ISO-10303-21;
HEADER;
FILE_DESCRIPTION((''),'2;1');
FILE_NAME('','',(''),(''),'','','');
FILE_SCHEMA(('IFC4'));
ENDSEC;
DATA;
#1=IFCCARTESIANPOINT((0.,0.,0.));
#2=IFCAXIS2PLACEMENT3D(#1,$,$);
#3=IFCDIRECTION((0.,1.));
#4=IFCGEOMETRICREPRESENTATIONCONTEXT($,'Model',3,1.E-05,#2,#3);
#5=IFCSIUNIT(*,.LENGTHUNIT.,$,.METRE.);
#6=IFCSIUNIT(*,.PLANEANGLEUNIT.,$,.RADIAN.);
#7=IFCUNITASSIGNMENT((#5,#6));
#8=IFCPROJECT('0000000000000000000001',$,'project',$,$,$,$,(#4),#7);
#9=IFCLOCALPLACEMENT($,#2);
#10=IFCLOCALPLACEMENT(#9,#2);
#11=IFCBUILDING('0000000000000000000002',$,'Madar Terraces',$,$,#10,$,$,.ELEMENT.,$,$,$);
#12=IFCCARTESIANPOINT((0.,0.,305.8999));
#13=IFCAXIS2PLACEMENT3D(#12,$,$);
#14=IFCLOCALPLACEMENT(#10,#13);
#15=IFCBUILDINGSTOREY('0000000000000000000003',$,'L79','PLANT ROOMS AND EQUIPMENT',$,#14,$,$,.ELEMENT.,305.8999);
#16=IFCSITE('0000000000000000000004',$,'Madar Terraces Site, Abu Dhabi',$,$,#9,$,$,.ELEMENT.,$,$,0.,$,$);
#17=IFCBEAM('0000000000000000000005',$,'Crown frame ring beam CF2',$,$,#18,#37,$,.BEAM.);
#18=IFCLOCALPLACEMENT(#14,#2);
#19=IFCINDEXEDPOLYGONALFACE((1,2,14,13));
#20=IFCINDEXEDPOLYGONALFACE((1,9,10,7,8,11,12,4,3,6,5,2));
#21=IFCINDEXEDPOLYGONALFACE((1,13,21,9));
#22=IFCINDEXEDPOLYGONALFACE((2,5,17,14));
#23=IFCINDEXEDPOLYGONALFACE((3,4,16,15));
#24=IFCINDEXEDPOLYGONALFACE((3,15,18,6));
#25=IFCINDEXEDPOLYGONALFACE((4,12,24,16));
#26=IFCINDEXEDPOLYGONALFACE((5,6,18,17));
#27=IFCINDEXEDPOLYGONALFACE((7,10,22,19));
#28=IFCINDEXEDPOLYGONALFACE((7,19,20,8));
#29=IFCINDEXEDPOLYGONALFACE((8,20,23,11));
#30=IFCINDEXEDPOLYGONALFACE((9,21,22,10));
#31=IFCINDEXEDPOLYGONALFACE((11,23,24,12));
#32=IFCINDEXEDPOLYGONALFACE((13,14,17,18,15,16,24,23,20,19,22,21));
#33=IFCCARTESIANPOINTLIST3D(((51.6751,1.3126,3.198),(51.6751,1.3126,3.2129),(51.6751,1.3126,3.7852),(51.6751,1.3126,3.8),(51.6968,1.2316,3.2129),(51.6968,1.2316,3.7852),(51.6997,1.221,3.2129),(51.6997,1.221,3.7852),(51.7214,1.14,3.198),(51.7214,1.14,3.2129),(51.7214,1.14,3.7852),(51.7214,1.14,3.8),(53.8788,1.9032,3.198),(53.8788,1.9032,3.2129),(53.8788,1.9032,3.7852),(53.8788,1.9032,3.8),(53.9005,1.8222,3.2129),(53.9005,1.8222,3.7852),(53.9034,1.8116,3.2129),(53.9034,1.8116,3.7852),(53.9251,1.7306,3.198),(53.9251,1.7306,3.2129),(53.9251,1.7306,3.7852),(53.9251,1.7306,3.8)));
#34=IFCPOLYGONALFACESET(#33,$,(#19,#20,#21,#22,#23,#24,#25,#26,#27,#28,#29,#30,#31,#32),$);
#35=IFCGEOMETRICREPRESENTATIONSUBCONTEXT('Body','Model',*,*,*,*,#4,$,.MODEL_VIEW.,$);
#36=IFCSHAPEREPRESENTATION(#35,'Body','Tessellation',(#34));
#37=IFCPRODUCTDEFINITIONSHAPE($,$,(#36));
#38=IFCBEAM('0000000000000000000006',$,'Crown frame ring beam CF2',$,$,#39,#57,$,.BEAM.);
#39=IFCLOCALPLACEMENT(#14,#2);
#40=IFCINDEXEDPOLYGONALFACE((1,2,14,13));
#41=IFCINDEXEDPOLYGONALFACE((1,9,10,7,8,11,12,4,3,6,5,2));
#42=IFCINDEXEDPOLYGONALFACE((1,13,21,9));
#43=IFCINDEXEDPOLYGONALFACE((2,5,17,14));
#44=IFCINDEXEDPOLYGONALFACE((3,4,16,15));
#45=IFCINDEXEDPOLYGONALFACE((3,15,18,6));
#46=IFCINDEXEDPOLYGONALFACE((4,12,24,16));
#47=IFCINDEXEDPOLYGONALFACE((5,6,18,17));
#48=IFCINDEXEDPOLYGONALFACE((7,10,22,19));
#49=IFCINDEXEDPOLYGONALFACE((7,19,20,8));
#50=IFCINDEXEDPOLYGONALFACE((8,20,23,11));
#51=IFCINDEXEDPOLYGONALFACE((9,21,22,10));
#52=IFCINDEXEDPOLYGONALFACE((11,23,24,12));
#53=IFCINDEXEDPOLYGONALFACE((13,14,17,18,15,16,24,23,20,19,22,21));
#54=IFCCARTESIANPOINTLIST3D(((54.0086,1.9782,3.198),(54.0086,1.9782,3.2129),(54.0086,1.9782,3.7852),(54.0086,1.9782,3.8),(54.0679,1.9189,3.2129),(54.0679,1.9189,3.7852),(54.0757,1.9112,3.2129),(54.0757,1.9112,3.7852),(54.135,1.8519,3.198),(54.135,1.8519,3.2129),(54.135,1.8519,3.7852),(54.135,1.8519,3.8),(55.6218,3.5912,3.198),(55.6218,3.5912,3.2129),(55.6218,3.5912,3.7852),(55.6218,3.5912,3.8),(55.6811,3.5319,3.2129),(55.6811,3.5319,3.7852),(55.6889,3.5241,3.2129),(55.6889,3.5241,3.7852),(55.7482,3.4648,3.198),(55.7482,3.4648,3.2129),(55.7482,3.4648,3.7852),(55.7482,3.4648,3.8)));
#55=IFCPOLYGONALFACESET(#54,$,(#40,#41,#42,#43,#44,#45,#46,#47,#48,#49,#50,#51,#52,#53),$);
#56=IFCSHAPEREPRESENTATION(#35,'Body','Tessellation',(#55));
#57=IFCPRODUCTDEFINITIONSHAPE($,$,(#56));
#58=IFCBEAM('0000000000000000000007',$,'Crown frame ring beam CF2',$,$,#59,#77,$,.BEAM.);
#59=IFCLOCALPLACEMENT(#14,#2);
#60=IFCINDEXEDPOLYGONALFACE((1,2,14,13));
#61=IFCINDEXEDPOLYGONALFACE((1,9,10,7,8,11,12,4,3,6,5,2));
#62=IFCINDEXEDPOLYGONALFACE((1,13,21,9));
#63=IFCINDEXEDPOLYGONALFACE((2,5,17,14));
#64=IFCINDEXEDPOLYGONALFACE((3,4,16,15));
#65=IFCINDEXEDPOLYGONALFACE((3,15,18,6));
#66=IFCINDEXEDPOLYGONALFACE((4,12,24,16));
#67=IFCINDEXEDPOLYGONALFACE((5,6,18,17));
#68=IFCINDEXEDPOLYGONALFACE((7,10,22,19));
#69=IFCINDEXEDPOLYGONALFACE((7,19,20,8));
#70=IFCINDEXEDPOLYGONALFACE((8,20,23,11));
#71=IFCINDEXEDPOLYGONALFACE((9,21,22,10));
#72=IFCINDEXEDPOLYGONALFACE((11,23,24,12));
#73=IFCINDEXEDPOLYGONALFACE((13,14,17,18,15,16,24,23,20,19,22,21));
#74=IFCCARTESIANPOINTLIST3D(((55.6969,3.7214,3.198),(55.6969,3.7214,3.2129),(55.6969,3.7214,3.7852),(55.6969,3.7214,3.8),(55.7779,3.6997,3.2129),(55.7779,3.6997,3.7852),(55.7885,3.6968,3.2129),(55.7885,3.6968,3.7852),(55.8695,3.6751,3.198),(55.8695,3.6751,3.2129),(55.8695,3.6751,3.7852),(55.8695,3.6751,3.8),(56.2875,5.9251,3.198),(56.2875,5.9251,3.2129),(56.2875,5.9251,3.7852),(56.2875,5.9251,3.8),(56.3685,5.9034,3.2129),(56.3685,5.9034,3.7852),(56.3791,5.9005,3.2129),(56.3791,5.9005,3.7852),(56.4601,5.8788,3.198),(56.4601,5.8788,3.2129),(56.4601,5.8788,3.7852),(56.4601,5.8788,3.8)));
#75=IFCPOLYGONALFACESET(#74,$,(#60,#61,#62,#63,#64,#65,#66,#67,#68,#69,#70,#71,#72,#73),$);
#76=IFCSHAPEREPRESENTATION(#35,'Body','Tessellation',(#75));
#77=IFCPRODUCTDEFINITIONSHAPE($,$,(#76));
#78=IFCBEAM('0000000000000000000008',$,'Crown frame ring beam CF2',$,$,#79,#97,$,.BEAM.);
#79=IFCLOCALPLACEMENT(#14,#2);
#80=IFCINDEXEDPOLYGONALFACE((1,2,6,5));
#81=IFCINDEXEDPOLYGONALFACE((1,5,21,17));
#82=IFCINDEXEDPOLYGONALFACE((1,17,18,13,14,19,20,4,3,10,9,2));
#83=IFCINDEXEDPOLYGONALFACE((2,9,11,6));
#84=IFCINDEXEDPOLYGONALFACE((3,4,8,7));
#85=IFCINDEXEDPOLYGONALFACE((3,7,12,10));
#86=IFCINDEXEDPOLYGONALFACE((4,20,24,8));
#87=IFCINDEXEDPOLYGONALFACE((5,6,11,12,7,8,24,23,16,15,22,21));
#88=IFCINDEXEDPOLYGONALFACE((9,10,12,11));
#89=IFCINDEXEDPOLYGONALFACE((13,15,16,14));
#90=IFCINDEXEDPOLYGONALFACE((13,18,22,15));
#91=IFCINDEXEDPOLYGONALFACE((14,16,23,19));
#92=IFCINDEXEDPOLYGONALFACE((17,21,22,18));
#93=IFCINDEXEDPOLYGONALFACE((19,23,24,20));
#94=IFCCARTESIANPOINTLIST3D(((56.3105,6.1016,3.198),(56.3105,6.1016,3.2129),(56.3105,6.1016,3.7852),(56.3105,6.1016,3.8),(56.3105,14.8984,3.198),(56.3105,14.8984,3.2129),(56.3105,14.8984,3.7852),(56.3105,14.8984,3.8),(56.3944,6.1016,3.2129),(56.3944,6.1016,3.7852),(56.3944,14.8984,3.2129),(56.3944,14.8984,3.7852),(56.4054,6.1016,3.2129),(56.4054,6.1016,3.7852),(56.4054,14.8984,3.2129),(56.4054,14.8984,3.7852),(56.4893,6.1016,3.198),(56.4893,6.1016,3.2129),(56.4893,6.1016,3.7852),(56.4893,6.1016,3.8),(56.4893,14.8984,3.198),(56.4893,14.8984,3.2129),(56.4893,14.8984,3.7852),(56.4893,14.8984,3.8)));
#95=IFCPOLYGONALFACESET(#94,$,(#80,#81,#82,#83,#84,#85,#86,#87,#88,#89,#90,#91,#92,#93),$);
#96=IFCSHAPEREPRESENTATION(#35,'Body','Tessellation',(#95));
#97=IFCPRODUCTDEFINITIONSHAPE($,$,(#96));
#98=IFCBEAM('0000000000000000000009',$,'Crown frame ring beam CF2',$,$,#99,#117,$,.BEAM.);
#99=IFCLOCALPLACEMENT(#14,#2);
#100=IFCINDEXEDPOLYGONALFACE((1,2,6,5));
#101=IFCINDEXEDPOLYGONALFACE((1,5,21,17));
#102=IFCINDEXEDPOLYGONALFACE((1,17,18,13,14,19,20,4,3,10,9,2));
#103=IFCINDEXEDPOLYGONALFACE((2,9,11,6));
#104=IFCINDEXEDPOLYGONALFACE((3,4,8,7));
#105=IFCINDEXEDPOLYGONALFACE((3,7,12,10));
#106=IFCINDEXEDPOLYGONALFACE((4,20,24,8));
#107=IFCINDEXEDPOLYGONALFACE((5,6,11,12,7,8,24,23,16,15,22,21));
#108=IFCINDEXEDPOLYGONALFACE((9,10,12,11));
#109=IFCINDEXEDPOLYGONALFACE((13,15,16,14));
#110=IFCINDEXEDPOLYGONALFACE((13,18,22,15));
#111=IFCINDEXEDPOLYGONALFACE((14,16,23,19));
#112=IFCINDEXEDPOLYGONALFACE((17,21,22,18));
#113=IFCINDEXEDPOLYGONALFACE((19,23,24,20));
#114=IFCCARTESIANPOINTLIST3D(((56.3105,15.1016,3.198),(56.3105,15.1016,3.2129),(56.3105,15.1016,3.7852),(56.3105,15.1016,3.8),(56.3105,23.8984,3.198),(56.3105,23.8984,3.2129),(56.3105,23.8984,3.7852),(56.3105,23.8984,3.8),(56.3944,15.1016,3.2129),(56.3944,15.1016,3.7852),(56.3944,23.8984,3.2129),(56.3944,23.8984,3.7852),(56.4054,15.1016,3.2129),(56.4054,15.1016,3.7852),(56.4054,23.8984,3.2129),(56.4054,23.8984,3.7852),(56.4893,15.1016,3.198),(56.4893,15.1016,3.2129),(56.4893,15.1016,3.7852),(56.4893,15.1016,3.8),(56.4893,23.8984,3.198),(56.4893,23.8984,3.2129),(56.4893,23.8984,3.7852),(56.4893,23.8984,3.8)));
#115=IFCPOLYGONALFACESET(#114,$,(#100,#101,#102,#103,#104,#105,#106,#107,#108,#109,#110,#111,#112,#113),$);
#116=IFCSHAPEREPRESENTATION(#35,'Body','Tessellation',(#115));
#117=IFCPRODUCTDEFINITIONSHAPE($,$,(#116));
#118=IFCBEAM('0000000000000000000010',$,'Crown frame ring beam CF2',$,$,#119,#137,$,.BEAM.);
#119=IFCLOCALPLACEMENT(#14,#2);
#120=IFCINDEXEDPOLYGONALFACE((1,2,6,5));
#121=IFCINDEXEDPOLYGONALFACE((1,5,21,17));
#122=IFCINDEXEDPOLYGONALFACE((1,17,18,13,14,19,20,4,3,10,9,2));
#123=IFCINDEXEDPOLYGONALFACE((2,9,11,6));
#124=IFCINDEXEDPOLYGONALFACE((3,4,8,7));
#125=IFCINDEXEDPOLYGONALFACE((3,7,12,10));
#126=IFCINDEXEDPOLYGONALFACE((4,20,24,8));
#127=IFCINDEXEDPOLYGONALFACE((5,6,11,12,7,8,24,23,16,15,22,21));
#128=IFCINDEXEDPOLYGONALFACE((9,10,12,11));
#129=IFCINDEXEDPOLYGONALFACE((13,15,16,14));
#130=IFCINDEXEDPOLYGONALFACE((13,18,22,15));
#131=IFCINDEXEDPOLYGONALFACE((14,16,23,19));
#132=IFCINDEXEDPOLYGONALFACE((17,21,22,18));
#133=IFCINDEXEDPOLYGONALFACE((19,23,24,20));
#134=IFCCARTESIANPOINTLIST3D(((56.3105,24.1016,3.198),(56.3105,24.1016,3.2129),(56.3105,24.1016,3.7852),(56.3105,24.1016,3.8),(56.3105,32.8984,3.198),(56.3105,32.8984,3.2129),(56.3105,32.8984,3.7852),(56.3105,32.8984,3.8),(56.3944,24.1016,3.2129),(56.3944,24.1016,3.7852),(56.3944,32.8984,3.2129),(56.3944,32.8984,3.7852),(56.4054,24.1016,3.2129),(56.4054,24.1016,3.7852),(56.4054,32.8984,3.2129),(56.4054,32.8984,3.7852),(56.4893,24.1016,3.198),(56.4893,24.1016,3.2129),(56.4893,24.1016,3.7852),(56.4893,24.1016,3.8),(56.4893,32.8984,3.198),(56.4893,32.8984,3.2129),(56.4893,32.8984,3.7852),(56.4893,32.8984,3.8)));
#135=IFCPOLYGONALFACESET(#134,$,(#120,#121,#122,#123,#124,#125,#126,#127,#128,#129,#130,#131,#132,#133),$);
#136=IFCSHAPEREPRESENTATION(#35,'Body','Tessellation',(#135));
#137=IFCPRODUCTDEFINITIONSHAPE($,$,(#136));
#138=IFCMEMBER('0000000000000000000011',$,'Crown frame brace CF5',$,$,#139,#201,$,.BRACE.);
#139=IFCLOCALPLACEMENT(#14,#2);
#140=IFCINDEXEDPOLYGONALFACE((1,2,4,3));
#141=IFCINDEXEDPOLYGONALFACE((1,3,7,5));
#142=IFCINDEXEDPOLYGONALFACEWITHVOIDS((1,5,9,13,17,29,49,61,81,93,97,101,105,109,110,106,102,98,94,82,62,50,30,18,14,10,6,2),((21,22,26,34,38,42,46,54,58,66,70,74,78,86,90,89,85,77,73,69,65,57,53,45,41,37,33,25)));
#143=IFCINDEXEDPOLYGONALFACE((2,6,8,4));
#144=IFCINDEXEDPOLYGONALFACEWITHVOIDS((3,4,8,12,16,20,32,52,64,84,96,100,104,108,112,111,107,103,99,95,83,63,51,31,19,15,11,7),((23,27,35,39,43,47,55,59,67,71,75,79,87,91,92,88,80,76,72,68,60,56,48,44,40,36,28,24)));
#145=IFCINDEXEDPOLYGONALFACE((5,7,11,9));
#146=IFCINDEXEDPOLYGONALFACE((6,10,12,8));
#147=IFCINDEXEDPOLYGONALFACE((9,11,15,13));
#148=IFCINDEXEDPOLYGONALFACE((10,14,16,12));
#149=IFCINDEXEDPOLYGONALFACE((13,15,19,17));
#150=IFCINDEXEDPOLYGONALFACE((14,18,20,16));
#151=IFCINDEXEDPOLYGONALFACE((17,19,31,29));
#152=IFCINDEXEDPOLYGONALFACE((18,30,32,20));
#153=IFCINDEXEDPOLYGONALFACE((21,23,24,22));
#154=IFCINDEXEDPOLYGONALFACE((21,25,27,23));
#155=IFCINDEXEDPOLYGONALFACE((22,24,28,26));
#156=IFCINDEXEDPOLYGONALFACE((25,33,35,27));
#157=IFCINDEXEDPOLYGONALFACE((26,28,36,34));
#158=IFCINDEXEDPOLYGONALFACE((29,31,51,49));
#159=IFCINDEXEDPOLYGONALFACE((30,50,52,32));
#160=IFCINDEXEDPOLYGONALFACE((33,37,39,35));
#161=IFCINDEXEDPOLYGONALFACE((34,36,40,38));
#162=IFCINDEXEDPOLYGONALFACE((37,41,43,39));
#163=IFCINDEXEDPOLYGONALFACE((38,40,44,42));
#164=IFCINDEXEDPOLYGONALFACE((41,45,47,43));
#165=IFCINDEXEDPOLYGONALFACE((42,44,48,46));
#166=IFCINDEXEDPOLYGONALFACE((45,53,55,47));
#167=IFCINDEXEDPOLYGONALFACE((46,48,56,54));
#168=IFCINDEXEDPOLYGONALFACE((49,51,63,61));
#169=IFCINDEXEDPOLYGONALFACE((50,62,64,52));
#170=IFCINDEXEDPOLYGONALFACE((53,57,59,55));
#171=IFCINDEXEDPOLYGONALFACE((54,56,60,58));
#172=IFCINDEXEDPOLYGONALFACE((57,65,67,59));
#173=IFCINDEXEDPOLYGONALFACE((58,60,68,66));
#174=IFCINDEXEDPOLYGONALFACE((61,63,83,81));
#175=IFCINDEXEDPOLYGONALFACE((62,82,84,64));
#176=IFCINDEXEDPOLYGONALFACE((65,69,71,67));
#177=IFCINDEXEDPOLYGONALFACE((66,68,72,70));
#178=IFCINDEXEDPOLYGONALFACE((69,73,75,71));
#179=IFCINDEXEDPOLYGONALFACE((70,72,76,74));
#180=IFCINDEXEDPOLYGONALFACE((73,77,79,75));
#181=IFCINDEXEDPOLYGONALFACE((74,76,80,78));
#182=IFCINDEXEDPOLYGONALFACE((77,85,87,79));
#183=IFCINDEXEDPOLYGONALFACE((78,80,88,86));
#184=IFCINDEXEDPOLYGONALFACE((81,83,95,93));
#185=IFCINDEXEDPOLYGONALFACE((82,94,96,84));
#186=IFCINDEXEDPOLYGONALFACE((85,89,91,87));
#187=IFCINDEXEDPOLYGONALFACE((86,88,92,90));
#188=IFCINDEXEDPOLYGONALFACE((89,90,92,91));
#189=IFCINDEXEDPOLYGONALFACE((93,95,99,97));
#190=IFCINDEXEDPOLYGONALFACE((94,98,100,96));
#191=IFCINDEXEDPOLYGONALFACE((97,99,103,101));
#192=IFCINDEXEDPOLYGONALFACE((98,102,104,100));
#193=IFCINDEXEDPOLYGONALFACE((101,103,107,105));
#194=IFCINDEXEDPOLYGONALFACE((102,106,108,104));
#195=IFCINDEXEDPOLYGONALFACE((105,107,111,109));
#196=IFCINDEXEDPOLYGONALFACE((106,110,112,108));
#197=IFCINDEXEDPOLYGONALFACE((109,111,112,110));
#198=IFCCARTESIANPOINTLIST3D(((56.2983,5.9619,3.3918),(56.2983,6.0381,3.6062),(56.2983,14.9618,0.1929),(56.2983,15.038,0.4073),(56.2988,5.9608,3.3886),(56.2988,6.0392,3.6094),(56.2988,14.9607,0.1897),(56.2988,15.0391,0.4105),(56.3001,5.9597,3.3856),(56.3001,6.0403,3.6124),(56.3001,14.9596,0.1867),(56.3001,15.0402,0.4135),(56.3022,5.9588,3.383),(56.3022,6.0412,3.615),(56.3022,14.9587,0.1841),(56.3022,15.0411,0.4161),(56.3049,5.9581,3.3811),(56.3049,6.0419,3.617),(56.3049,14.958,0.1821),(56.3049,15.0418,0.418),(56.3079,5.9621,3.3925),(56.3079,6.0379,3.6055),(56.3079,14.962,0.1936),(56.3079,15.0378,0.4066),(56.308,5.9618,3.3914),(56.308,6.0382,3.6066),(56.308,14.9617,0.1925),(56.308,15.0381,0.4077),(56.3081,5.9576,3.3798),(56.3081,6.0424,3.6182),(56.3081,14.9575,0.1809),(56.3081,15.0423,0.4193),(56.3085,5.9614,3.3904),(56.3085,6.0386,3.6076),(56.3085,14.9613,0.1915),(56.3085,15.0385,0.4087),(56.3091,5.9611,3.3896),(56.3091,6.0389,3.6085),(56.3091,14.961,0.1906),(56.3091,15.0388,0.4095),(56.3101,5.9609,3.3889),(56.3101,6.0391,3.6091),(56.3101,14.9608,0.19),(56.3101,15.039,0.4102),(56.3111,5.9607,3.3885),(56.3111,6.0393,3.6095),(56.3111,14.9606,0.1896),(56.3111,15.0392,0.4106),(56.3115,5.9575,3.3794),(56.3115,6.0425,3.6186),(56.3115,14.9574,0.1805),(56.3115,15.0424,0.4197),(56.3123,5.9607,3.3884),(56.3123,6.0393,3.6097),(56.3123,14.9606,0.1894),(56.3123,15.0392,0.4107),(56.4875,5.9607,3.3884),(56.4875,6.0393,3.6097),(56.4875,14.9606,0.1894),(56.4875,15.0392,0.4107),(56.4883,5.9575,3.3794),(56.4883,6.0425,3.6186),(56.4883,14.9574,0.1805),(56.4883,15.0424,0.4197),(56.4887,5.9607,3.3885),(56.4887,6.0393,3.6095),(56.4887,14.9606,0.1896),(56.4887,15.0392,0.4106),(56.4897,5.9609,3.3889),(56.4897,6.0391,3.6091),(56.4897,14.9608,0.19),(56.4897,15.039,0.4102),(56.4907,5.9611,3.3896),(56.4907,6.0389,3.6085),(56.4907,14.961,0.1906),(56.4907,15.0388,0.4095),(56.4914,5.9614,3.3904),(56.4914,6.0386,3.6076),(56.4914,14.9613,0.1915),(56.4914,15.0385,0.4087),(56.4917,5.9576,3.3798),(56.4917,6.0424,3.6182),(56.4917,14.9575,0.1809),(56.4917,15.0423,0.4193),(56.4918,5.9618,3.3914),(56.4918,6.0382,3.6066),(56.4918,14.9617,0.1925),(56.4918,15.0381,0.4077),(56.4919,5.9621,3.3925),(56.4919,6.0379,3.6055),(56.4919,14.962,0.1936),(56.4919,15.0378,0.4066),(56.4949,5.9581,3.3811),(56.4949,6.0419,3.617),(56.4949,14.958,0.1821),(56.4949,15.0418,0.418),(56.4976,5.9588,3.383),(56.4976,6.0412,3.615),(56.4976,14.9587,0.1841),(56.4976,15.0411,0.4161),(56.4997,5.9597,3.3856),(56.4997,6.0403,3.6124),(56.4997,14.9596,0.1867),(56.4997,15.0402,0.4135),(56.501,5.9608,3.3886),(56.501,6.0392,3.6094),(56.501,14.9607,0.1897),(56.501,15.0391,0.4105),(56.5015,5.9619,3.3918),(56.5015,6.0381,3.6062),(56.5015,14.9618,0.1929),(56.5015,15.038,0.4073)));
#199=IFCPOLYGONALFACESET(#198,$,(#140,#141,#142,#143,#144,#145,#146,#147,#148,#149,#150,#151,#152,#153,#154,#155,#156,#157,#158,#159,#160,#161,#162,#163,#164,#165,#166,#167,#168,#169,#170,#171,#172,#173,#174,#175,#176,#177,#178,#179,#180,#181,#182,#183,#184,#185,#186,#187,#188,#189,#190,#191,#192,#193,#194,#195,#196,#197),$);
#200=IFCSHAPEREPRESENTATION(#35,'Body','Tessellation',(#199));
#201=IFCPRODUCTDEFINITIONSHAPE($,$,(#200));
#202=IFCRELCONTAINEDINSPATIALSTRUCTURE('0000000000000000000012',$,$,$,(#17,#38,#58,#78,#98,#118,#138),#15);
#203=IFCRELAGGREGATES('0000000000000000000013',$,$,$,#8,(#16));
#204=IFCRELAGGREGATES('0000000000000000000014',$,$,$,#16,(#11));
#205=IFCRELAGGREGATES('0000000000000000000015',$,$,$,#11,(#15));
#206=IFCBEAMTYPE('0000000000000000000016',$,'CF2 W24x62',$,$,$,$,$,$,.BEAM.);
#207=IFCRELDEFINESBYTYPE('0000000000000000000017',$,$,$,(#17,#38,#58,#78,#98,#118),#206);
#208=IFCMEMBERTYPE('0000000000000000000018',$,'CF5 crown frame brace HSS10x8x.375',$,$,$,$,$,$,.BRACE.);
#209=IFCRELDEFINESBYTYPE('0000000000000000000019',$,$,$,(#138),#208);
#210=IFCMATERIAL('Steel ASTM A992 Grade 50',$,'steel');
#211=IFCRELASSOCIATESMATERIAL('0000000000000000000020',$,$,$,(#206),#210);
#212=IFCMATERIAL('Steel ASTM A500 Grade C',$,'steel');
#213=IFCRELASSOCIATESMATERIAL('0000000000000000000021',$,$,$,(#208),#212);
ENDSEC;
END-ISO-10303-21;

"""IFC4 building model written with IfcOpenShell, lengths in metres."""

from ifc_helpers import new_model, si_unit, direction, frame, origin, origin_2d, place, context, subcontext, project, spatial, hollow_rectangle, i_section, extrude, material, material_profile, profile_set, type_object, element, save


model = new_model("IFC4")

# Units and contexts
model_context = context("Model", 3, precision=1e-05, world=origin(), true_north=direction((0.0, 1.0)))
body_context = subcontext(model_context, "Body", "Model", "MODEL_VIEW")
ifc_project = project(units=[si_unit("LENGTHUNIT", "METRE"), si_unit("PLANEANGLEUNIT", "RADIAN")], contexts=[model_context])

# Site, building, storey
site_placement = place(None, origin())
site = spatial("IfcSite", under=ifc_project, at=site_placement, Name="Madar Terraces Site, Abu Dhabi", CompositionType="ELEMENT", RefElevation=0.0)
building_placement = place(site_placement, origin())
building = spatial("IfcBuilding", under=site, at=building_placement, Name="Madar Terraces", CompositionType="ELEMENT")
storey_placement = place(building_placement, frame((0.0, 0.0, 305.8999)))
storey = spatial("IfcBuildingStorey", under=building, at=storey_placement, Name="L79", Description="PLANT ROOMS AND EQUIPMENT", CompositionType="ELEMENT", Elevation=305.8999)

# Beams
ifc_material_1 = material(Name="Steel ASTM A992 Grade 50", Category="steel")
ifc_material_profile_1 = material_profile(ifc_material_1, i_section(OverallWidth=0.1787, OverallDepth=0.6021, WebThickness=0.011, FlangeThickness=0.0149, at=origin_2d()), Name="W24x62")
ifc_profile_set_1 = profile_set([ifc_material_profile_1], Name="Steel ASTM A992 Grade 50")
beam_type = type_object("IfcBeamType", Name="CF2 W24x62", PredefinedType="BEAM", material=ifc_profile_set_1)
beam_1_placement = place(storey_placement, frame((51.6982, 1.2263, 3.499), z_axis=(0.965913, 0.258868, 0.0), x_axis=(-0.258868, 0.965913, 0.0)))
element("IfcBeam", 1, at=beam_1_placement, inside=storey, type_object=beam_type, Name="Crown frame ring beam CF2", PredefinedType="BEAM", context=body_context, shape_type="SweptSolid", body=[
    extrude(i_section(OverallWidth=0.1787, OverallDepth=0.6021, WebThickness=0.011, FlangeThickness=0.0149, at=origin_2d()), origin(), (0.0, 0.0, 1.0), 2.2815),
])
beam_2_placement = place(storey_placement, frame((54.0718, 1.915, 3.499), z_axis=(0.70716, 0.707053, 0.0), x_axis=(-0.707053, 0.70716, 0.0)))
element("IfcBeam", 2, at=beam_2_placement, inside=storey, type_object=beam_type, Name="Crown frame ring beam CF2", PredefinedType="BEAM", context=body_context, shape_type="SweptSolid", body=[
    extrude(i_section(OverallWidth=0.1787, OverallDepth=0.6021, WebThickness=0.011, FlangeThickness=0.0149, at=origin_2d()), origin(), (0.0, 0.0, 1.0), 2.2812),
])
beam_3_placement = place(storey_placement, frame((55.7832, 3.6982, 3.499), z_axis=(0.258868, 0.965913, 0.0), x_axis=(-0.965913, 0.258868, 0.0)))
element("IfcBeam", 3, at=beam_3_placement, inside=storey, type_object=beam_type, Name="Crown frame ring beam CF2", PredefinedType="BEAM", context=body_context, shape_type="SweptSolid", body=[
    extrude(i_section(OverallWidth=0.1787, OverallDepth=0.6021, WebThickness=0.011, FlangeThickness=0.0149, at=origin_2d()), origin(), (0.0, 0.0, 1.0), 2.2815),
])
for number, where, z_axis, x_axis, name in (
    (4, (56.3999, 6.1016, 3.499), (0.0, 1.0, 0.0), (-1.0, 0.0, 0.0), "Crown frame ring beam CF2"),
    (5, (56.3999, 15.1016, 3.499), (0.0, 1.0, 0.0), (-1.0, 0.0, 0.0), "Crown frame ring beam CF2"),
    (6, (56.3999, 24.1016, 3.499), (0.0, 1.0, 0.0), (-1.0, 0.0, 0.0), "Crown frame ring beam CF2"),
):
    element("IfcBeam", number, at=place(storey_placement, frame(where, z_axis=z_axis, x_axis=x_axis)), inside=storey, type_object=beam_type, Name=name, PredefinedType="BEAM", context=body_context, shape_type="SweptSolid", body=[
        extrude(i_section(OverallWidth=0.1787, OverallDepth=0.6021, WebThickness=0.011, FlangeThickness=0.0149, at=origin_2d()), origin(), (0.0, 0.0, 1.0), 8.7969),
    ])

# Member
ifc_material_2 = material(Name="Steel ASTM A500 Grade C", Category="steel")
ifc_material_profile_2 = material_profile(ifc_material_2, hollow_rectangle(XDim=0.2031, YDim=0.2539, WallThickness=0.0095, InnerFilletRadius=0.0044, OuterFilletRadius=0.0132, at=origin_2d()), Name="HSS10x8x.375")
ifc_profile_set_2 = profile_set([ifc_material_profile_2], Name="Steel ASTM A500 Grade C")
member_type_1 = type_object("IfcMemberType", Name="CF5 crown frame brace HSS10x8x.375", PredefinedType="BRACE", material=ifc_profile_set_2)
for number, where, z_axis, x_axis, name in (
    (7, (56.3999, 6.0, 3.499), (0.0, 0.942249, -0.334914), (-1.0, 0.0, 0.0), "Crown frame brace CF5"),
):
    element("IfcMember", number, at=place(storey_placement, frame(where, z_axis=z_axis, x_axis=x_axis)), inside=storey, type_object=member_type_1, Name=name, PredefinedType="BRACE", context=body_context, shape_type="SweptSolid", body=[
        extrude(hollow_rectangle(XDim=0.2031, YDim=0.2539, WallThickness=0.0095, InnerFilletRadius=0.0044, OuterFilletRadius=0.0132, at=origin_2d()), origin(), (0.0, 0.0, 1.0), 9.5515),
    ])

save(model, "model.ifc")
